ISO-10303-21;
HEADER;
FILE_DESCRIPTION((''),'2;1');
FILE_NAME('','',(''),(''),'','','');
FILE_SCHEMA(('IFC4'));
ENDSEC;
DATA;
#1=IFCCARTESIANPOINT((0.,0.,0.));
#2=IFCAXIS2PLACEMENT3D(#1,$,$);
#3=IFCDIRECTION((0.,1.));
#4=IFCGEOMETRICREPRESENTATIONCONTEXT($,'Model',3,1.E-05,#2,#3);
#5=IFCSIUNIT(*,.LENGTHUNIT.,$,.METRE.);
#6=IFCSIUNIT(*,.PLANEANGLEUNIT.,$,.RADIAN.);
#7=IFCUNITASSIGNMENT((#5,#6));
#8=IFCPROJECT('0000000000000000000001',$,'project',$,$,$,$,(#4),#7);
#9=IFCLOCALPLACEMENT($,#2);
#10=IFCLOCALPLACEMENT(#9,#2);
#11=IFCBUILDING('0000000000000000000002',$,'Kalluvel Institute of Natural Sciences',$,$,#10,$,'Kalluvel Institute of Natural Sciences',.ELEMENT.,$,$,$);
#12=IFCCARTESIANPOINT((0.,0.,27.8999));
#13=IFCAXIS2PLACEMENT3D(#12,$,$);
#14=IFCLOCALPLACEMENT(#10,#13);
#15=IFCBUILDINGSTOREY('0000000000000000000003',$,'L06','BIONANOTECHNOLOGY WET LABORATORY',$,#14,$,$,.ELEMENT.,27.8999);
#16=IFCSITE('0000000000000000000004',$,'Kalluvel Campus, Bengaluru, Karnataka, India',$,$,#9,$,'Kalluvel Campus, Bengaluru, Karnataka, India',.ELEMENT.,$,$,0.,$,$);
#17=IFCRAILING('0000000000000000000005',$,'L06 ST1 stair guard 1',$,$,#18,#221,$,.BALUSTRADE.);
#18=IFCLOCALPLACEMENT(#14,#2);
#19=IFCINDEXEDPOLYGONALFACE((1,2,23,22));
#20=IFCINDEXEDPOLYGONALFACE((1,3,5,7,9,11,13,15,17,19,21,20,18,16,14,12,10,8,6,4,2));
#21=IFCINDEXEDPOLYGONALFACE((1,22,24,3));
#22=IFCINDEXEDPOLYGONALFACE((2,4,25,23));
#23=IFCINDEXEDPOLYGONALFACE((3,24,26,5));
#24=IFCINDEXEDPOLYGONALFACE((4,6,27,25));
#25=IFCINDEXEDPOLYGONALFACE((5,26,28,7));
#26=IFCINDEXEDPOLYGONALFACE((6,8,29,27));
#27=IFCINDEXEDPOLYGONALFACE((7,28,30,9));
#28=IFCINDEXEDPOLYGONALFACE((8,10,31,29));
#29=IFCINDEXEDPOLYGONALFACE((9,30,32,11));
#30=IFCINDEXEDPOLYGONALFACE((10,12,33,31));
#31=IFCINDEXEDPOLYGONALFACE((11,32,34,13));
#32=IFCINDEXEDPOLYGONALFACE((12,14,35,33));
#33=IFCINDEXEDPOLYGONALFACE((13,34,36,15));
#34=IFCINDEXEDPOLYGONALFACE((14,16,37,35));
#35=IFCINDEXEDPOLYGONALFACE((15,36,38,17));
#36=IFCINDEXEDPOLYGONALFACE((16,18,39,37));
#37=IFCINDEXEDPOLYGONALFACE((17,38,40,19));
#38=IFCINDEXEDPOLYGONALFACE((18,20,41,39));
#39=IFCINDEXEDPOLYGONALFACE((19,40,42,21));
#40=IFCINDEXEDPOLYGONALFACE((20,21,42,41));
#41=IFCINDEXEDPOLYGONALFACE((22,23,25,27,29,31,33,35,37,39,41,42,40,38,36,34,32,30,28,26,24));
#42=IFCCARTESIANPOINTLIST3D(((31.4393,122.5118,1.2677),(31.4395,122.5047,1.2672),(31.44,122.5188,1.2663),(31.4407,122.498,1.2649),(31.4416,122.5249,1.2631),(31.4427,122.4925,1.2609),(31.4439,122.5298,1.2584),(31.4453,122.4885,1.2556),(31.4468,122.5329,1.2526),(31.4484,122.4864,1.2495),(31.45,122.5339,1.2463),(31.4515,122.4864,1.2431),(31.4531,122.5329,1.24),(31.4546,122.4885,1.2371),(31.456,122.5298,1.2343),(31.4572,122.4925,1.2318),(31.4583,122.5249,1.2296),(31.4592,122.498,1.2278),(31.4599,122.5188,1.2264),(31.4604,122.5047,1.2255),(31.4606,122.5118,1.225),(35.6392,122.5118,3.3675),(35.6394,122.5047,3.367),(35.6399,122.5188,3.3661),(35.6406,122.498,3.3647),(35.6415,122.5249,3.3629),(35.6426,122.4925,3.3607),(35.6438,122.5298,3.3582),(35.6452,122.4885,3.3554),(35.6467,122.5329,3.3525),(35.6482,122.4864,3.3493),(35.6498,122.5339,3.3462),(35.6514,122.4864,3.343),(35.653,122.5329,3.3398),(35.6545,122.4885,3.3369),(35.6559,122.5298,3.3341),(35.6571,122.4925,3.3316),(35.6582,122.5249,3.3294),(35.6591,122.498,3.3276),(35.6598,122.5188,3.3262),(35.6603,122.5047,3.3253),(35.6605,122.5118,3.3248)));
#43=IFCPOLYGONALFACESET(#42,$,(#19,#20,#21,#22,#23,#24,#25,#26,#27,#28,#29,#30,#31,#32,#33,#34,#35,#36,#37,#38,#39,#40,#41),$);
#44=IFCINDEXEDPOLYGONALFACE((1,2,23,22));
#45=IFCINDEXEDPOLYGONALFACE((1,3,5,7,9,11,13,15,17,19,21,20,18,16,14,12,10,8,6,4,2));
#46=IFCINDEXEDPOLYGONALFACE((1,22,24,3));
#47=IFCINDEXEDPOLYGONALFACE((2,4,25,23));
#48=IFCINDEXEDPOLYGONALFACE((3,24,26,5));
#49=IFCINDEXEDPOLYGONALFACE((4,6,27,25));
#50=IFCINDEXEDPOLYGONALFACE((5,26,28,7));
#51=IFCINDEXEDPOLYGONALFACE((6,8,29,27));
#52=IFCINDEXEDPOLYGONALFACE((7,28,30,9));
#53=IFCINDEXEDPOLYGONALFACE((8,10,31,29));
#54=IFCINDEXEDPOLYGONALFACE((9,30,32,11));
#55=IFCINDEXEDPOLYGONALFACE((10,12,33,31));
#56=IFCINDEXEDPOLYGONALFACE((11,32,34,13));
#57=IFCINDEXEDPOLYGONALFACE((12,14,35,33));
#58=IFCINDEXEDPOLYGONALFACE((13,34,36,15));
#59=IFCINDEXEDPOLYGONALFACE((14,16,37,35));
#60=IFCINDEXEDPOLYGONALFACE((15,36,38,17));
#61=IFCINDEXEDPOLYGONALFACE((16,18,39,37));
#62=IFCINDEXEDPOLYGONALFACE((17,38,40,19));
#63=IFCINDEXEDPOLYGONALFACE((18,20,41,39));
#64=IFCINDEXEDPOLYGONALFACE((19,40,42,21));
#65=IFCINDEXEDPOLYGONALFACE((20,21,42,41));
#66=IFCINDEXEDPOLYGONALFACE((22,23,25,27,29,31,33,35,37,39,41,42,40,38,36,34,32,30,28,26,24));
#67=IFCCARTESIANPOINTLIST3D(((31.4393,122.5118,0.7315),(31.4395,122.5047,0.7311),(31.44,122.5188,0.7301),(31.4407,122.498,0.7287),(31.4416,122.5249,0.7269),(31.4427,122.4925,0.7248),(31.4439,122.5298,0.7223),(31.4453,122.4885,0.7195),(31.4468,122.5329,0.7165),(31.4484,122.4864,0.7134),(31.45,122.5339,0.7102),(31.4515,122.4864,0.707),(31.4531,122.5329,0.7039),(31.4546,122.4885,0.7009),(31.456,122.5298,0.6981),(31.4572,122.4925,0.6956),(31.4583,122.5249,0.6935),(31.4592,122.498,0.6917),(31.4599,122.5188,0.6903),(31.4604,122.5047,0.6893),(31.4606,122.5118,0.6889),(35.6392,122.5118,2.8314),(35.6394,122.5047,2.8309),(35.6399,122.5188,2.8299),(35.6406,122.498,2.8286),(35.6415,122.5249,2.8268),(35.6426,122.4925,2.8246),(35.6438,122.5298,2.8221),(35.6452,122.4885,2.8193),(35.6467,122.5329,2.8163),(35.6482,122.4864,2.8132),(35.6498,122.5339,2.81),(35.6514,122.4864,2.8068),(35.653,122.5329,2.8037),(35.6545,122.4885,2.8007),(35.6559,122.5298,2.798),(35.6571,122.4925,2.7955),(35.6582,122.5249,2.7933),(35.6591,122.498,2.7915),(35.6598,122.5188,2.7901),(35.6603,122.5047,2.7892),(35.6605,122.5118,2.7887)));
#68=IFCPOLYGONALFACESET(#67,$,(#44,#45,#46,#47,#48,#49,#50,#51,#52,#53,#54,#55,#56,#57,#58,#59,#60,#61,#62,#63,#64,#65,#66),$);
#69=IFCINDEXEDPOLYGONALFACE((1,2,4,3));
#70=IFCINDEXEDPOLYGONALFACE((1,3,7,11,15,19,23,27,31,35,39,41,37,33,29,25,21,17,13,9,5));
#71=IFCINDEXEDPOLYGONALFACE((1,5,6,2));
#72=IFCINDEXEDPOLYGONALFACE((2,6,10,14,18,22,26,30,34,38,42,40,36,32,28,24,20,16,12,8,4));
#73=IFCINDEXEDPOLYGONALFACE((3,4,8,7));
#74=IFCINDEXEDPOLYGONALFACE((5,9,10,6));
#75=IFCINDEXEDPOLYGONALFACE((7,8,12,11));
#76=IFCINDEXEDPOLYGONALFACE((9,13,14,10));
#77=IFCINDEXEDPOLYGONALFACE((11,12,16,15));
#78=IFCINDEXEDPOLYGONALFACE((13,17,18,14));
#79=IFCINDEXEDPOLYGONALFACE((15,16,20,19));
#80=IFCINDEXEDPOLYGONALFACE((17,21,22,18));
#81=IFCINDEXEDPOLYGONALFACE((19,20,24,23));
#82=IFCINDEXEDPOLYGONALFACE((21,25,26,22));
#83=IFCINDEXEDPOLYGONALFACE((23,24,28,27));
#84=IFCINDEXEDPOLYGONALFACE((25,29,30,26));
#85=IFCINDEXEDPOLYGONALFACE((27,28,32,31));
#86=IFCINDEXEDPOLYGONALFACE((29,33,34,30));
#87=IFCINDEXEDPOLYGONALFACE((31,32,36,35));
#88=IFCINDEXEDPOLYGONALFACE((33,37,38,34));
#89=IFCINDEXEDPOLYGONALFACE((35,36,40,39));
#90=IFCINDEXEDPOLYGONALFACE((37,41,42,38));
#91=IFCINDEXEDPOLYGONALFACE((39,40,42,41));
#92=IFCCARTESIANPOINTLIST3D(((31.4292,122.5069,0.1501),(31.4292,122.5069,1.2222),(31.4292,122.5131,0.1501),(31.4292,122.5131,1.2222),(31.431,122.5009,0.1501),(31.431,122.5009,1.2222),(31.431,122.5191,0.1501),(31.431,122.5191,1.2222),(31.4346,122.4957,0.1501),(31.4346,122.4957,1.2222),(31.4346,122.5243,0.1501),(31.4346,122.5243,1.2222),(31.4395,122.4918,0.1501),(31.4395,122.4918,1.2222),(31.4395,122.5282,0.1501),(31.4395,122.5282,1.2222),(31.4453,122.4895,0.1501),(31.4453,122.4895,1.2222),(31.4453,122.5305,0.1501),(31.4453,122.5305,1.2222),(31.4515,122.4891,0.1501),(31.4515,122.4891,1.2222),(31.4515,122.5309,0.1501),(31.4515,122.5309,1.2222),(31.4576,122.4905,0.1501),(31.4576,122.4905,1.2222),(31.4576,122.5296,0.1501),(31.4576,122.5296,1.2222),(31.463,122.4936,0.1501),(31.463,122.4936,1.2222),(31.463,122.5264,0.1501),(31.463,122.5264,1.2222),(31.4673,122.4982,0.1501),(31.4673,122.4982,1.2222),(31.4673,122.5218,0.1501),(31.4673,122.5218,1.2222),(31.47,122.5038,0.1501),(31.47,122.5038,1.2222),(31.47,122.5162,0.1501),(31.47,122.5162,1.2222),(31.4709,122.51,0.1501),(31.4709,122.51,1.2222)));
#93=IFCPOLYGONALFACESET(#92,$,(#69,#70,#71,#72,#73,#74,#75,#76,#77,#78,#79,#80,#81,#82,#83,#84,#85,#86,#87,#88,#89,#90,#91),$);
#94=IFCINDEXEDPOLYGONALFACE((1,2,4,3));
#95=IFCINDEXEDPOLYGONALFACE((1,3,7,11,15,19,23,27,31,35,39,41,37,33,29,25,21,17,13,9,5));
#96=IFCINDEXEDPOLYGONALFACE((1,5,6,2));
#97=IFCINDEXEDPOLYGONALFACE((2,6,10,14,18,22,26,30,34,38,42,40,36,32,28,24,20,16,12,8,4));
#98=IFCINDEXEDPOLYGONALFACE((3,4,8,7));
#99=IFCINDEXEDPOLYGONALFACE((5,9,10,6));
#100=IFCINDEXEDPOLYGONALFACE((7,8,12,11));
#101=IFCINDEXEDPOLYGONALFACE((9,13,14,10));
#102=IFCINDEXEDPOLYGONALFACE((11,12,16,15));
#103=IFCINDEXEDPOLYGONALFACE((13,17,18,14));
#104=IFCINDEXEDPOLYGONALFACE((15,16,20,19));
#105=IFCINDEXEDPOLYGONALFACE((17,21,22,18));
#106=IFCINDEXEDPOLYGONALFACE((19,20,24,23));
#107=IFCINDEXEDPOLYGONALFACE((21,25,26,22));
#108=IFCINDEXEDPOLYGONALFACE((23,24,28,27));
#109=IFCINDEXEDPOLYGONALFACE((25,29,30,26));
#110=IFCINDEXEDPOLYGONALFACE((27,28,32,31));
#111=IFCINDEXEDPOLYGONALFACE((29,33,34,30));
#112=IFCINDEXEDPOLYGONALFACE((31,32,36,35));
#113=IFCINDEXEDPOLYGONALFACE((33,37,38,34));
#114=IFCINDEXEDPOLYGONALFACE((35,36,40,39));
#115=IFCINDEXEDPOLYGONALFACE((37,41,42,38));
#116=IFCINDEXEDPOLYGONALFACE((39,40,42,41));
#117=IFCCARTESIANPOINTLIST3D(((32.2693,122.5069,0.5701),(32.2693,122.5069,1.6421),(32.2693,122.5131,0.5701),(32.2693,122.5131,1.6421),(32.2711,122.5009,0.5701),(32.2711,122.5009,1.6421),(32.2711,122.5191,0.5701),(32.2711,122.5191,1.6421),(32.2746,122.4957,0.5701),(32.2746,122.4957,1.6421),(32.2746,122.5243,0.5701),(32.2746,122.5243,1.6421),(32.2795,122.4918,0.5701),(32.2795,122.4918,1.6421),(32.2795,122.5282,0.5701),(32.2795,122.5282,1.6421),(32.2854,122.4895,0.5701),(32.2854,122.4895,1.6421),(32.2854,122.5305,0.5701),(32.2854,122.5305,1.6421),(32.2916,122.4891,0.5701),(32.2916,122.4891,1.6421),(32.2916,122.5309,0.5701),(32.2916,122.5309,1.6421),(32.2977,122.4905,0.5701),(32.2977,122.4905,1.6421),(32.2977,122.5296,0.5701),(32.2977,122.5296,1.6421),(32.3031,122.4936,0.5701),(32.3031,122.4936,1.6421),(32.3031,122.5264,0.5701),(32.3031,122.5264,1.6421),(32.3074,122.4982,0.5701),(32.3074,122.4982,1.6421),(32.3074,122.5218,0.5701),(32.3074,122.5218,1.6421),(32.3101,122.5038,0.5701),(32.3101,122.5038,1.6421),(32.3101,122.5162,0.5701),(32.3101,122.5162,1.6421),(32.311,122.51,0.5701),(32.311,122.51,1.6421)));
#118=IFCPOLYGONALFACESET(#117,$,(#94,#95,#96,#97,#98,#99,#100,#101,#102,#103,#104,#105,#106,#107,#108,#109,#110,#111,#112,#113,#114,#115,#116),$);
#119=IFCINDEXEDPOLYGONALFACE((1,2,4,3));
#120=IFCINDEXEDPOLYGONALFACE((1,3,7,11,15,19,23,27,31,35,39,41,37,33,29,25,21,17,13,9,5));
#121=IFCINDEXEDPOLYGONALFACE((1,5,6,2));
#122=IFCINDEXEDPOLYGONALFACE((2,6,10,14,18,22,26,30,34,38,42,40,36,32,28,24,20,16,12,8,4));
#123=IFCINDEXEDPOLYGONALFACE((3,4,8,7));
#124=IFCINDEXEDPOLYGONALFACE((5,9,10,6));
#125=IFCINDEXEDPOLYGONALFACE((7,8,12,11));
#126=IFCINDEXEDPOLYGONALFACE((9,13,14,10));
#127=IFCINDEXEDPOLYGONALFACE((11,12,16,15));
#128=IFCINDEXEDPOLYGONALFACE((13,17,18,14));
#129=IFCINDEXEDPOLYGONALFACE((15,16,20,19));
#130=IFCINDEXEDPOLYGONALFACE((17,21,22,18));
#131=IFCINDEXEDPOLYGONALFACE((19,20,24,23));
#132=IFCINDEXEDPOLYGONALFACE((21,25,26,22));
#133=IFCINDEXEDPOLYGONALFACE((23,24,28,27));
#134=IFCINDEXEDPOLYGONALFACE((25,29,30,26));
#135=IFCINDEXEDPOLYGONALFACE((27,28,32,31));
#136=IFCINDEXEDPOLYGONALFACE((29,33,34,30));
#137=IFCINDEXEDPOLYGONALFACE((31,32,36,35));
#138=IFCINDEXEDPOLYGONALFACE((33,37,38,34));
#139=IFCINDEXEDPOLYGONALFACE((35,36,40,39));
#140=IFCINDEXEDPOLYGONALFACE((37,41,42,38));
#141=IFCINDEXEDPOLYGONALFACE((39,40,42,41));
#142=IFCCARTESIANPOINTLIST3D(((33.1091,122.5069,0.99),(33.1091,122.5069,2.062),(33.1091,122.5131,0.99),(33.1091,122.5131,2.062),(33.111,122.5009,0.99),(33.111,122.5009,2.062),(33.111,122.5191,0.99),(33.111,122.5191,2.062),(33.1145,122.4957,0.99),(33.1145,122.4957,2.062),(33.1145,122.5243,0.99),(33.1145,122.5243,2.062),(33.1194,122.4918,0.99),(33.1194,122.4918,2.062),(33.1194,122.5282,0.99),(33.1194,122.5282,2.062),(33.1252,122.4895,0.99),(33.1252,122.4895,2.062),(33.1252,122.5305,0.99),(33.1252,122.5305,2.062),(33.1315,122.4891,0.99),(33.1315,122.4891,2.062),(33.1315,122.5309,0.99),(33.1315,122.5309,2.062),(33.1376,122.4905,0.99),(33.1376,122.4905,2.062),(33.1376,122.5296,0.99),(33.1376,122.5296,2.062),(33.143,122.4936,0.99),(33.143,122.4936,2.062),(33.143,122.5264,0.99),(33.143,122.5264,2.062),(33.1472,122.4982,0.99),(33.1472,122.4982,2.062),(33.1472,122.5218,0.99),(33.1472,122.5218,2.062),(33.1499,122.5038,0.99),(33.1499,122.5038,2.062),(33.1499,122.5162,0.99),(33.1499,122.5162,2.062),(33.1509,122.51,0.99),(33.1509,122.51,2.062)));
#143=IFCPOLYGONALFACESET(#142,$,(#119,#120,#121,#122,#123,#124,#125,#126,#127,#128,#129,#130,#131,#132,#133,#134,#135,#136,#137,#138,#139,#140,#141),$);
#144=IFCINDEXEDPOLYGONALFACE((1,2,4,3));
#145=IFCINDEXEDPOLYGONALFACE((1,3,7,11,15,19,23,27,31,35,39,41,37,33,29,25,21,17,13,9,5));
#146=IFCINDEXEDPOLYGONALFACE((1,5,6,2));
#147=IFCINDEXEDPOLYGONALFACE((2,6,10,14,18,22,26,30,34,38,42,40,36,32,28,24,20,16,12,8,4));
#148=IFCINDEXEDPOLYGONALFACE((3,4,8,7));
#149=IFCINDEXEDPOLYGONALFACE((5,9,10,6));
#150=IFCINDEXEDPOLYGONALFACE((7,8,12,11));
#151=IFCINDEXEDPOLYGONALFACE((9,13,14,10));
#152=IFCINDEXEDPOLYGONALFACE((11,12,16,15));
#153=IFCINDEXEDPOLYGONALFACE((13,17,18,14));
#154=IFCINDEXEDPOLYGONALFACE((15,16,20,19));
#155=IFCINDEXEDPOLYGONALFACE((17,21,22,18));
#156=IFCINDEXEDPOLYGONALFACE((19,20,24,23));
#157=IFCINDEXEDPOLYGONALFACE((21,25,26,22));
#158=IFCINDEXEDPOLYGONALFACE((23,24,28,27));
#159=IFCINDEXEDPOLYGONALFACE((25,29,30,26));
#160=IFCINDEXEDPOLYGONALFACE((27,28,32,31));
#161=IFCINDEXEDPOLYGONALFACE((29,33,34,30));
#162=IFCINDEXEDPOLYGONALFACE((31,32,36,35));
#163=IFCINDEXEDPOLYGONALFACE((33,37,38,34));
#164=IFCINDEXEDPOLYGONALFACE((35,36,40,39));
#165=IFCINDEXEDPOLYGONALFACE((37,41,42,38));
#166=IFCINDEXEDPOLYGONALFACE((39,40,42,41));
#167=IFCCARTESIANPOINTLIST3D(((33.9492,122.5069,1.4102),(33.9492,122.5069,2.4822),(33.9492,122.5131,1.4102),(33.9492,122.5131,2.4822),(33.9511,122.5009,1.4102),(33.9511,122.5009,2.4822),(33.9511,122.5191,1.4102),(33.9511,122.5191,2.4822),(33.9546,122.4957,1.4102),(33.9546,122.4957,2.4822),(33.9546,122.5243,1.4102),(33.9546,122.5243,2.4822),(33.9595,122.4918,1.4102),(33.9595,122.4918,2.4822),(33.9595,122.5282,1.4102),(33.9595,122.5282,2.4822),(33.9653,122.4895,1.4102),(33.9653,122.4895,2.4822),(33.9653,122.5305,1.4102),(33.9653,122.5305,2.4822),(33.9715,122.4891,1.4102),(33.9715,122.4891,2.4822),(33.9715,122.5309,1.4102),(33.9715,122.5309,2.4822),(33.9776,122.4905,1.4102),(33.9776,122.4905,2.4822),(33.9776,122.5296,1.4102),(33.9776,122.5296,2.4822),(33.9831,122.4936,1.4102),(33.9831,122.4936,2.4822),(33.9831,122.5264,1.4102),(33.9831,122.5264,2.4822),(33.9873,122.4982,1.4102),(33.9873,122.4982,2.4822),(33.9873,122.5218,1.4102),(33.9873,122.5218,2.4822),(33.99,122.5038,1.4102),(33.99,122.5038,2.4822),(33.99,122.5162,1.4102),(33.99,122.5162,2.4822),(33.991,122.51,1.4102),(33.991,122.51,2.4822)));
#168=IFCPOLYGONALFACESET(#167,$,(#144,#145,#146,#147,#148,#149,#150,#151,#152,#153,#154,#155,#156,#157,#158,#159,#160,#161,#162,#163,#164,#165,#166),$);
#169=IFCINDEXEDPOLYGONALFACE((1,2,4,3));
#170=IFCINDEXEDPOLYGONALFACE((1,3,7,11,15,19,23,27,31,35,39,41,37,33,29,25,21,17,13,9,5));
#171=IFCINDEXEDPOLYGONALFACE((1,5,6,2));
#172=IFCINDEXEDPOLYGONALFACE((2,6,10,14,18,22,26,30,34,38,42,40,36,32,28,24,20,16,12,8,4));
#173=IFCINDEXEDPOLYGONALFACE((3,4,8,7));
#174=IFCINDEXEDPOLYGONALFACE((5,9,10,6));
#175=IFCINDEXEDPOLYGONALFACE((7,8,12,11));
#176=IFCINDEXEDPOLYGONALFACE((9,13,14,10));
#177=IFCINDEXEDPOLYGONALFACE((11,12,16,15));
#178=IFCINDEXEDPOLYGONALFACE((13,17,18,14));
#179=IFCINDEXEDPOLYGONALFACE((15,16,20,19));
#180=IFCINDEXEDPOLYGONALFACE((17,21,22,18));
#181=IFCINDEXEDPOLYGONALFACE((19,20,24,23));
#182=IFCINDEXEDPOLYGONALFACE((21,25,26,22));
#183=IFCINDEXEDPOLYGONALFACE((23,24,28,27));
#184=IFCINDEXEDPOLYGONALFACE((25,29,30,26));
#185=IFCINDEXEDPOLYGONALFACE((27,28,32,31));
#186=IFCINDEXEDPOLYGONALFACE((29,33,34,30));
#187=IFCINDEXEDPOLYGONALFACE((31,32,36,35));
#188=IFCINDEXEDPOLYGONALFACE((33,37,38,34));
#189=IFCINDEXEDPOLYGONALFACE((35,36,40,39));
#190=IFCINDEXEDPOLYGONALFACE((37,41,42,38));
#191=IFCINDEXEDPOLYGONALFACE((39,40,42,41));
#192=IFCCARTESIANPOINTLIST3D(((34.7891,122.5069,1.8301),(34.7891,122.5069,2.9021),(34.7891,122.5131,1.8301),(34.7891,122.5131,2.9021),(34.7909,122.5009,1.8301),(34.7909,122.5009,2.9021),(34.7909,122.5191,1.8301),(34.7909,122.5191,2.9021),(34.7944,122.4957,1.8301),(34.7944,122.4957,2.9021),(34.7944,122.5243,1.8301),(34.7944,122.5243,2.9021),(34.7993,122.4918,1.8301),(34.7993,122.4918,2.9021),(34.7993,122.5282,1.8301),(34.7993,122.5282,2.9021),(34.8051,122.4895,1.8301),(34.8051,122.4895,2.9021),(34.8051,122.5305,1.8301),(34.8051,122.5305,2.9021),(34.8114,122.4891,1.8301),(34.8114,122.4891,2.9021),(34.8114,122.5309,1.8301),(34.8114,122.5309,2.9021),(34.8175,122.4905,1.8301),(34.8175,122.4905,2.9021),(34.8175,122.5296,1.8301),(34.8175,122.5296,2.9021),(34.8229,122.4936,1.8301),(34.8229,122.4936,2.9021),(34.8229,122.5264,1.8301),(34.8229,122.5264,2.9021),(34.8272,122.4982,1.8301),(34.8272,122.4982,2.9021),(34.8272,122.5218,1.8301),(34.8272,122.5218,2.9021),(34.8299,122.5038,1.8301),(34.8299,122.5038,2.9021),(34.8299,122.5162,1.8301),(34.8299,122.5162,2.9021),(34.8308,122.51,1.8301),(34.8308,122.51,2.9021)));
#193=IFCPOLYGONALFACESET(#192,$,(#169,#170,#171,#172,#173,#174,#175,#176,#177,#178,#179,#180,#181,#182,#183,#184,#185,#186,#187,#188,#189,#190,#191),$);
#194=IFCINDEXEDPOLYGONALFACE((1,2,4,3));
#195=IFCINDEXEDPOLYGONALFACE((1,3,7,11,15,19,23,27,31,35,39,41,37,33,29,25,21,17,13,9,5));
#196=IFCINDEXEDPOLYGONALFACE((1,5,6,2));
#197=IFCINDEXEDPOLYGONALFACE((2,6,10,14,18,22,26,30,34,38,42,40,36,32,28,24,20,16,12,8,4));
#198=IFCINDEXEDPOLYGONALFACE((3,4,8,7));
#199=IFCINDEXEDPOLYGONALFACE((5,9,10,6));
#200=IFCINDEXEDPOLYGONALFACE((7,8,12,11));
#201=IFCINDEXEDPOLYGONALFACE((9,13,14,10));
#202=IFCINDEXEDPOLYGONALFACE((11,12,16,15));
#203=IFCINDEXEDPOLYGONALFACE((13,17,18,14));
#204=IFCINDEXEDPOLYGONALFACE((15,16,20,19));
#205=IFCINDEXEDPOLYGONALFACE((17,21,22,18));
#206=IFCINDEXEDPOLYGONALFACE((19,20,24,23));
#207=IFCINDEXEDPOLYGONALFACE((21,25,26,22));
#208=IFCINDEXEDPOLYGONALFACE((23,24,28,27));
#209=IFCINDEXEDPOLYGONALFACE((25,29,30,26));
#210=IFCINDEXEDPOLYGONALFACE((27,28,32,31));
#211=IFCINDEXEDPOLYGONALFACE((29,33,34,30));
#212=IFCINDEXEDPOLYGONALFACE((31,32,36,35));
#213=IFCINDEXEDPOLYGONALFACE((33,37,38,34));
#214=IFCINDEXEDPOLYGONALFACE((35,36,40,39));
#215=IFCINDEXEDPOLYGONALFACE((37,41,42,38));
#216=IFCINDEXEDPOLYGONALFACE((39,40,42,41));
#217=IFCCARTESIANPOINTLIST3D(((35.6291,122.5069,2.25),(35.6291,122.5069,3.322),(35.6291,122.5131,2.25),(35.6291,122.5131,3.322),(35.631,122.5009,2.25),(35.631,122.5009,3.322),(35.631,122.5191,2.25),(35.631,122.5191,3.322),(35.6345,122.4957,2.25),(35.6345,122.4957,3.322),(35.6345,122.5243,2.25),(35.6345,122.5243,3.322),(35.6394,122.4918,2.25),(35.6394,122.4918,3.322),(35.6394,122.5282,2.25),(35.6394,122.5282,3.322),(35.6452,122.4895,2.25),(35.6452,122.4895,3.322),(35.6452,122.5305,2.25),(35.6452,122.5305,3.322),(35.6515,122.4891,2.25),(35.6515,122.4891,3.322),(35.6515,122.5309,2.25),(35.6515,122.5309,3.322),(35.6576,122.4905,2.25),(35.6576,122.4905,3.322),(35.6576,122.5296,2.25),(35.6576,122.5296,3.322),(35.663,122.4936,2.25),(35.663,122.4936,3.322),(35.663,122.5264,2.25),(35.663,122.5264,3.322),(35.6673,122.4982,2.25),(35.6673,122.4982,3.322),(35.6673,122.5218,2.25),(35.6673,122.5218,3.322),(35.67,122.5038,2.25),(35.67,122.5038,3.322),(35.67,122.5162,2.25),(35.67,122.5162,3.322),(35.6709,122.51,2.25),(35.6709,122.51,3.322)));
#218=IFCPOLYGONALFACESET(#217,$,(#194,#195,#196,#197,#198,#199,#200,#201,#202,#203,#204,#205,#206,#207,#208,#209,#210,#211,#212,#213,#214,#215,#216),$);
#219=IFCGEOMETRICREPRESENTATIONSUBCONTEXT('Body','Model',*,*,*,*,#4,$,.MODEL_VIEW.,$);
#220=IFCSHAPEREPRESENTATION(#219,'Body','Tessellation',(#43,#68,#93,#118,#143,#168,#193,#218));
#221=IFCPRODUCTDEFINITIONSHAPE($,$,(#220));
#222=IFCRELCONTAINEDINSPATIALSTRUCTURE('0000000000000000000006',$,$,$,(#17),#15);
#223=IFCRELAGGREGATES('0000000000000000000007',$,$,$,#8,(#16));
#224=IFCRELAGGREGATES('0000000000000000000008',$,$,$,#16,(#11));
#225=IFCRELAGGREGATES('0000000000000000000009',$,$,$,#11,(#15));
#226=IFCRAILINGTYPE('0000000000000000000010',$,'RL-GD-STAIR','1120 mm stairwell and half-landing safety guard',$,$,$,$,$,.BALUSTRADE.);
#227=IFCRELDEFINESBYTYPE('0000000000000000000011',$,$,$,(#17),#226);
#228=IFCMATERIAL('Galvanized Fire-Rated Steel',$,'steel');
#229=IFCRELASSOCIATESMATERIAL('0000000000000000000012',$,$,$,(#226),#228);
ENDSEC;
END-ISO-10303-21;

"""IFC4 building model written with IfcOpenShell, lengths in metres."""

from ifc_helpers import new_model, si_unit, direction, frame, origin, origin_2d, place, context, subcontext, project, spatial, circle, extrude, material, type_object, element, save


model = new_model("IFC4")

# Units and contexts
model_context = context("Model", 3, precision=1e-05, world=origin(), true_north=direction((0.0, 1.0)))
body_context = subcontext(model_context, "Body", "Model", "MODEL_VIEW")
ifc_project = project(units=[si_unit("LENGTHUNIT", "METRE"), si_unit("PLANEANGLEUNIT", "RADIAN")], contexts=[model_context])

# Site, building, storey
site_placement = place(None, origin())
site = spatial("IfcSite", under=ifc_project, at=site_placement, Name="Kalluvel Campus, Bengaluru, Karnataka, India", LongName="Kalluvel Campus, Bengaluru, Karnataka, India", CompositionType="ELEMENT", RefElevation=0.0)
building_placement = place(site_placement, origin())
building = spatial("IfcBuilding", under=site, at=building_placement, Name="Kalluvel Institute of Natural Sciences", LongName="Kalluvel Institute of Natural Sciences", CompositionType="ELEMENT")
storey_placement = place(building_placement, frame((0.0, 0.0, 27.8999)))
storey = spatial("IfcBuildingStorey", under=building, at=storey_placement, Name="L06", Description="BIONANOTECHNOLOGY WET LABORATORY", CompositionType="ELEMENT", Elevation=27.8999)

# Shared definitions
ifc_material_1 = material(Name="Galvanized Fire-Rated Steel", Category="steel")

# Railing
railing_type_1 = type_object("IfcRailingType", Name="RL-GD-STAIR", Description="1120 mm stairwell and half-landing safety guard", PredefinedType="BALUSTRADE", material=ifc_material_1)
railing_1_placement = place(storey_placement, frame((31.45, 122.51, 0.1501)))
element("IfcRailing", 1, at=railing_1_placement, inside=storey, type_object=railing_type_1, Name="L06 ST1 stair guard 1", PredefinedType="BALUSTRADE", context=body_context, shape_type="SweptSolid", body=[
    extrude(circle(Radius=0.0239, at=origin_2d()), frame((0.0, 0.0, 1.0962), z_axis=(0.894438, 0.0, 0.447193), x_axis=(0.0, 1.0, 0.0)), (0.0, 0.0, 1.0), 4.6956),
    extrude(circle(Radius=0.0239, at=origin_2d()), frame((0.0, 0.0, 0.5601), z_axis=(0.894438, 0.0, 0.447193), x_axis=(0.0, 1.0, 0.0)), (0.0, 0.0, 1.0), 4.6956),
    extrude(circle(Radius=0.021, at=origin_2d()), origin(), (0.0, 0.0, 1.0), 1.072),
    extrude(circle(Radius=0.021, at=origin_2d()), frame((0.8401, 0.0, 0.4199)), (0.0, 0.0, 1.0), 1.072),
    extrude(circle(Radius=0.021, at=origin_2d()), frame((1.6799, 0.0, 0.8398)), (0.0, 0.0, 1.0), 1.072),
    extrude(circle(Radius=0.021, at=origin_2d()), frame((2.52, 0.0, 1.26)), (0.0, 0.0, 1.0), 1.072),
    extrude(circle(Radius=0.021, at=origin_2d()), frame((3.3599, 0.0, 1.6799)), (0.0, 0.0, 1.0), 1.072),
    extrude(circle(Radius=0.021, at=origin_2d()), frame((4.2, 0.0, 2.0999)), (0.0, 0.0, 1.0), 1.072),
])

save(model, "model.ifc")
